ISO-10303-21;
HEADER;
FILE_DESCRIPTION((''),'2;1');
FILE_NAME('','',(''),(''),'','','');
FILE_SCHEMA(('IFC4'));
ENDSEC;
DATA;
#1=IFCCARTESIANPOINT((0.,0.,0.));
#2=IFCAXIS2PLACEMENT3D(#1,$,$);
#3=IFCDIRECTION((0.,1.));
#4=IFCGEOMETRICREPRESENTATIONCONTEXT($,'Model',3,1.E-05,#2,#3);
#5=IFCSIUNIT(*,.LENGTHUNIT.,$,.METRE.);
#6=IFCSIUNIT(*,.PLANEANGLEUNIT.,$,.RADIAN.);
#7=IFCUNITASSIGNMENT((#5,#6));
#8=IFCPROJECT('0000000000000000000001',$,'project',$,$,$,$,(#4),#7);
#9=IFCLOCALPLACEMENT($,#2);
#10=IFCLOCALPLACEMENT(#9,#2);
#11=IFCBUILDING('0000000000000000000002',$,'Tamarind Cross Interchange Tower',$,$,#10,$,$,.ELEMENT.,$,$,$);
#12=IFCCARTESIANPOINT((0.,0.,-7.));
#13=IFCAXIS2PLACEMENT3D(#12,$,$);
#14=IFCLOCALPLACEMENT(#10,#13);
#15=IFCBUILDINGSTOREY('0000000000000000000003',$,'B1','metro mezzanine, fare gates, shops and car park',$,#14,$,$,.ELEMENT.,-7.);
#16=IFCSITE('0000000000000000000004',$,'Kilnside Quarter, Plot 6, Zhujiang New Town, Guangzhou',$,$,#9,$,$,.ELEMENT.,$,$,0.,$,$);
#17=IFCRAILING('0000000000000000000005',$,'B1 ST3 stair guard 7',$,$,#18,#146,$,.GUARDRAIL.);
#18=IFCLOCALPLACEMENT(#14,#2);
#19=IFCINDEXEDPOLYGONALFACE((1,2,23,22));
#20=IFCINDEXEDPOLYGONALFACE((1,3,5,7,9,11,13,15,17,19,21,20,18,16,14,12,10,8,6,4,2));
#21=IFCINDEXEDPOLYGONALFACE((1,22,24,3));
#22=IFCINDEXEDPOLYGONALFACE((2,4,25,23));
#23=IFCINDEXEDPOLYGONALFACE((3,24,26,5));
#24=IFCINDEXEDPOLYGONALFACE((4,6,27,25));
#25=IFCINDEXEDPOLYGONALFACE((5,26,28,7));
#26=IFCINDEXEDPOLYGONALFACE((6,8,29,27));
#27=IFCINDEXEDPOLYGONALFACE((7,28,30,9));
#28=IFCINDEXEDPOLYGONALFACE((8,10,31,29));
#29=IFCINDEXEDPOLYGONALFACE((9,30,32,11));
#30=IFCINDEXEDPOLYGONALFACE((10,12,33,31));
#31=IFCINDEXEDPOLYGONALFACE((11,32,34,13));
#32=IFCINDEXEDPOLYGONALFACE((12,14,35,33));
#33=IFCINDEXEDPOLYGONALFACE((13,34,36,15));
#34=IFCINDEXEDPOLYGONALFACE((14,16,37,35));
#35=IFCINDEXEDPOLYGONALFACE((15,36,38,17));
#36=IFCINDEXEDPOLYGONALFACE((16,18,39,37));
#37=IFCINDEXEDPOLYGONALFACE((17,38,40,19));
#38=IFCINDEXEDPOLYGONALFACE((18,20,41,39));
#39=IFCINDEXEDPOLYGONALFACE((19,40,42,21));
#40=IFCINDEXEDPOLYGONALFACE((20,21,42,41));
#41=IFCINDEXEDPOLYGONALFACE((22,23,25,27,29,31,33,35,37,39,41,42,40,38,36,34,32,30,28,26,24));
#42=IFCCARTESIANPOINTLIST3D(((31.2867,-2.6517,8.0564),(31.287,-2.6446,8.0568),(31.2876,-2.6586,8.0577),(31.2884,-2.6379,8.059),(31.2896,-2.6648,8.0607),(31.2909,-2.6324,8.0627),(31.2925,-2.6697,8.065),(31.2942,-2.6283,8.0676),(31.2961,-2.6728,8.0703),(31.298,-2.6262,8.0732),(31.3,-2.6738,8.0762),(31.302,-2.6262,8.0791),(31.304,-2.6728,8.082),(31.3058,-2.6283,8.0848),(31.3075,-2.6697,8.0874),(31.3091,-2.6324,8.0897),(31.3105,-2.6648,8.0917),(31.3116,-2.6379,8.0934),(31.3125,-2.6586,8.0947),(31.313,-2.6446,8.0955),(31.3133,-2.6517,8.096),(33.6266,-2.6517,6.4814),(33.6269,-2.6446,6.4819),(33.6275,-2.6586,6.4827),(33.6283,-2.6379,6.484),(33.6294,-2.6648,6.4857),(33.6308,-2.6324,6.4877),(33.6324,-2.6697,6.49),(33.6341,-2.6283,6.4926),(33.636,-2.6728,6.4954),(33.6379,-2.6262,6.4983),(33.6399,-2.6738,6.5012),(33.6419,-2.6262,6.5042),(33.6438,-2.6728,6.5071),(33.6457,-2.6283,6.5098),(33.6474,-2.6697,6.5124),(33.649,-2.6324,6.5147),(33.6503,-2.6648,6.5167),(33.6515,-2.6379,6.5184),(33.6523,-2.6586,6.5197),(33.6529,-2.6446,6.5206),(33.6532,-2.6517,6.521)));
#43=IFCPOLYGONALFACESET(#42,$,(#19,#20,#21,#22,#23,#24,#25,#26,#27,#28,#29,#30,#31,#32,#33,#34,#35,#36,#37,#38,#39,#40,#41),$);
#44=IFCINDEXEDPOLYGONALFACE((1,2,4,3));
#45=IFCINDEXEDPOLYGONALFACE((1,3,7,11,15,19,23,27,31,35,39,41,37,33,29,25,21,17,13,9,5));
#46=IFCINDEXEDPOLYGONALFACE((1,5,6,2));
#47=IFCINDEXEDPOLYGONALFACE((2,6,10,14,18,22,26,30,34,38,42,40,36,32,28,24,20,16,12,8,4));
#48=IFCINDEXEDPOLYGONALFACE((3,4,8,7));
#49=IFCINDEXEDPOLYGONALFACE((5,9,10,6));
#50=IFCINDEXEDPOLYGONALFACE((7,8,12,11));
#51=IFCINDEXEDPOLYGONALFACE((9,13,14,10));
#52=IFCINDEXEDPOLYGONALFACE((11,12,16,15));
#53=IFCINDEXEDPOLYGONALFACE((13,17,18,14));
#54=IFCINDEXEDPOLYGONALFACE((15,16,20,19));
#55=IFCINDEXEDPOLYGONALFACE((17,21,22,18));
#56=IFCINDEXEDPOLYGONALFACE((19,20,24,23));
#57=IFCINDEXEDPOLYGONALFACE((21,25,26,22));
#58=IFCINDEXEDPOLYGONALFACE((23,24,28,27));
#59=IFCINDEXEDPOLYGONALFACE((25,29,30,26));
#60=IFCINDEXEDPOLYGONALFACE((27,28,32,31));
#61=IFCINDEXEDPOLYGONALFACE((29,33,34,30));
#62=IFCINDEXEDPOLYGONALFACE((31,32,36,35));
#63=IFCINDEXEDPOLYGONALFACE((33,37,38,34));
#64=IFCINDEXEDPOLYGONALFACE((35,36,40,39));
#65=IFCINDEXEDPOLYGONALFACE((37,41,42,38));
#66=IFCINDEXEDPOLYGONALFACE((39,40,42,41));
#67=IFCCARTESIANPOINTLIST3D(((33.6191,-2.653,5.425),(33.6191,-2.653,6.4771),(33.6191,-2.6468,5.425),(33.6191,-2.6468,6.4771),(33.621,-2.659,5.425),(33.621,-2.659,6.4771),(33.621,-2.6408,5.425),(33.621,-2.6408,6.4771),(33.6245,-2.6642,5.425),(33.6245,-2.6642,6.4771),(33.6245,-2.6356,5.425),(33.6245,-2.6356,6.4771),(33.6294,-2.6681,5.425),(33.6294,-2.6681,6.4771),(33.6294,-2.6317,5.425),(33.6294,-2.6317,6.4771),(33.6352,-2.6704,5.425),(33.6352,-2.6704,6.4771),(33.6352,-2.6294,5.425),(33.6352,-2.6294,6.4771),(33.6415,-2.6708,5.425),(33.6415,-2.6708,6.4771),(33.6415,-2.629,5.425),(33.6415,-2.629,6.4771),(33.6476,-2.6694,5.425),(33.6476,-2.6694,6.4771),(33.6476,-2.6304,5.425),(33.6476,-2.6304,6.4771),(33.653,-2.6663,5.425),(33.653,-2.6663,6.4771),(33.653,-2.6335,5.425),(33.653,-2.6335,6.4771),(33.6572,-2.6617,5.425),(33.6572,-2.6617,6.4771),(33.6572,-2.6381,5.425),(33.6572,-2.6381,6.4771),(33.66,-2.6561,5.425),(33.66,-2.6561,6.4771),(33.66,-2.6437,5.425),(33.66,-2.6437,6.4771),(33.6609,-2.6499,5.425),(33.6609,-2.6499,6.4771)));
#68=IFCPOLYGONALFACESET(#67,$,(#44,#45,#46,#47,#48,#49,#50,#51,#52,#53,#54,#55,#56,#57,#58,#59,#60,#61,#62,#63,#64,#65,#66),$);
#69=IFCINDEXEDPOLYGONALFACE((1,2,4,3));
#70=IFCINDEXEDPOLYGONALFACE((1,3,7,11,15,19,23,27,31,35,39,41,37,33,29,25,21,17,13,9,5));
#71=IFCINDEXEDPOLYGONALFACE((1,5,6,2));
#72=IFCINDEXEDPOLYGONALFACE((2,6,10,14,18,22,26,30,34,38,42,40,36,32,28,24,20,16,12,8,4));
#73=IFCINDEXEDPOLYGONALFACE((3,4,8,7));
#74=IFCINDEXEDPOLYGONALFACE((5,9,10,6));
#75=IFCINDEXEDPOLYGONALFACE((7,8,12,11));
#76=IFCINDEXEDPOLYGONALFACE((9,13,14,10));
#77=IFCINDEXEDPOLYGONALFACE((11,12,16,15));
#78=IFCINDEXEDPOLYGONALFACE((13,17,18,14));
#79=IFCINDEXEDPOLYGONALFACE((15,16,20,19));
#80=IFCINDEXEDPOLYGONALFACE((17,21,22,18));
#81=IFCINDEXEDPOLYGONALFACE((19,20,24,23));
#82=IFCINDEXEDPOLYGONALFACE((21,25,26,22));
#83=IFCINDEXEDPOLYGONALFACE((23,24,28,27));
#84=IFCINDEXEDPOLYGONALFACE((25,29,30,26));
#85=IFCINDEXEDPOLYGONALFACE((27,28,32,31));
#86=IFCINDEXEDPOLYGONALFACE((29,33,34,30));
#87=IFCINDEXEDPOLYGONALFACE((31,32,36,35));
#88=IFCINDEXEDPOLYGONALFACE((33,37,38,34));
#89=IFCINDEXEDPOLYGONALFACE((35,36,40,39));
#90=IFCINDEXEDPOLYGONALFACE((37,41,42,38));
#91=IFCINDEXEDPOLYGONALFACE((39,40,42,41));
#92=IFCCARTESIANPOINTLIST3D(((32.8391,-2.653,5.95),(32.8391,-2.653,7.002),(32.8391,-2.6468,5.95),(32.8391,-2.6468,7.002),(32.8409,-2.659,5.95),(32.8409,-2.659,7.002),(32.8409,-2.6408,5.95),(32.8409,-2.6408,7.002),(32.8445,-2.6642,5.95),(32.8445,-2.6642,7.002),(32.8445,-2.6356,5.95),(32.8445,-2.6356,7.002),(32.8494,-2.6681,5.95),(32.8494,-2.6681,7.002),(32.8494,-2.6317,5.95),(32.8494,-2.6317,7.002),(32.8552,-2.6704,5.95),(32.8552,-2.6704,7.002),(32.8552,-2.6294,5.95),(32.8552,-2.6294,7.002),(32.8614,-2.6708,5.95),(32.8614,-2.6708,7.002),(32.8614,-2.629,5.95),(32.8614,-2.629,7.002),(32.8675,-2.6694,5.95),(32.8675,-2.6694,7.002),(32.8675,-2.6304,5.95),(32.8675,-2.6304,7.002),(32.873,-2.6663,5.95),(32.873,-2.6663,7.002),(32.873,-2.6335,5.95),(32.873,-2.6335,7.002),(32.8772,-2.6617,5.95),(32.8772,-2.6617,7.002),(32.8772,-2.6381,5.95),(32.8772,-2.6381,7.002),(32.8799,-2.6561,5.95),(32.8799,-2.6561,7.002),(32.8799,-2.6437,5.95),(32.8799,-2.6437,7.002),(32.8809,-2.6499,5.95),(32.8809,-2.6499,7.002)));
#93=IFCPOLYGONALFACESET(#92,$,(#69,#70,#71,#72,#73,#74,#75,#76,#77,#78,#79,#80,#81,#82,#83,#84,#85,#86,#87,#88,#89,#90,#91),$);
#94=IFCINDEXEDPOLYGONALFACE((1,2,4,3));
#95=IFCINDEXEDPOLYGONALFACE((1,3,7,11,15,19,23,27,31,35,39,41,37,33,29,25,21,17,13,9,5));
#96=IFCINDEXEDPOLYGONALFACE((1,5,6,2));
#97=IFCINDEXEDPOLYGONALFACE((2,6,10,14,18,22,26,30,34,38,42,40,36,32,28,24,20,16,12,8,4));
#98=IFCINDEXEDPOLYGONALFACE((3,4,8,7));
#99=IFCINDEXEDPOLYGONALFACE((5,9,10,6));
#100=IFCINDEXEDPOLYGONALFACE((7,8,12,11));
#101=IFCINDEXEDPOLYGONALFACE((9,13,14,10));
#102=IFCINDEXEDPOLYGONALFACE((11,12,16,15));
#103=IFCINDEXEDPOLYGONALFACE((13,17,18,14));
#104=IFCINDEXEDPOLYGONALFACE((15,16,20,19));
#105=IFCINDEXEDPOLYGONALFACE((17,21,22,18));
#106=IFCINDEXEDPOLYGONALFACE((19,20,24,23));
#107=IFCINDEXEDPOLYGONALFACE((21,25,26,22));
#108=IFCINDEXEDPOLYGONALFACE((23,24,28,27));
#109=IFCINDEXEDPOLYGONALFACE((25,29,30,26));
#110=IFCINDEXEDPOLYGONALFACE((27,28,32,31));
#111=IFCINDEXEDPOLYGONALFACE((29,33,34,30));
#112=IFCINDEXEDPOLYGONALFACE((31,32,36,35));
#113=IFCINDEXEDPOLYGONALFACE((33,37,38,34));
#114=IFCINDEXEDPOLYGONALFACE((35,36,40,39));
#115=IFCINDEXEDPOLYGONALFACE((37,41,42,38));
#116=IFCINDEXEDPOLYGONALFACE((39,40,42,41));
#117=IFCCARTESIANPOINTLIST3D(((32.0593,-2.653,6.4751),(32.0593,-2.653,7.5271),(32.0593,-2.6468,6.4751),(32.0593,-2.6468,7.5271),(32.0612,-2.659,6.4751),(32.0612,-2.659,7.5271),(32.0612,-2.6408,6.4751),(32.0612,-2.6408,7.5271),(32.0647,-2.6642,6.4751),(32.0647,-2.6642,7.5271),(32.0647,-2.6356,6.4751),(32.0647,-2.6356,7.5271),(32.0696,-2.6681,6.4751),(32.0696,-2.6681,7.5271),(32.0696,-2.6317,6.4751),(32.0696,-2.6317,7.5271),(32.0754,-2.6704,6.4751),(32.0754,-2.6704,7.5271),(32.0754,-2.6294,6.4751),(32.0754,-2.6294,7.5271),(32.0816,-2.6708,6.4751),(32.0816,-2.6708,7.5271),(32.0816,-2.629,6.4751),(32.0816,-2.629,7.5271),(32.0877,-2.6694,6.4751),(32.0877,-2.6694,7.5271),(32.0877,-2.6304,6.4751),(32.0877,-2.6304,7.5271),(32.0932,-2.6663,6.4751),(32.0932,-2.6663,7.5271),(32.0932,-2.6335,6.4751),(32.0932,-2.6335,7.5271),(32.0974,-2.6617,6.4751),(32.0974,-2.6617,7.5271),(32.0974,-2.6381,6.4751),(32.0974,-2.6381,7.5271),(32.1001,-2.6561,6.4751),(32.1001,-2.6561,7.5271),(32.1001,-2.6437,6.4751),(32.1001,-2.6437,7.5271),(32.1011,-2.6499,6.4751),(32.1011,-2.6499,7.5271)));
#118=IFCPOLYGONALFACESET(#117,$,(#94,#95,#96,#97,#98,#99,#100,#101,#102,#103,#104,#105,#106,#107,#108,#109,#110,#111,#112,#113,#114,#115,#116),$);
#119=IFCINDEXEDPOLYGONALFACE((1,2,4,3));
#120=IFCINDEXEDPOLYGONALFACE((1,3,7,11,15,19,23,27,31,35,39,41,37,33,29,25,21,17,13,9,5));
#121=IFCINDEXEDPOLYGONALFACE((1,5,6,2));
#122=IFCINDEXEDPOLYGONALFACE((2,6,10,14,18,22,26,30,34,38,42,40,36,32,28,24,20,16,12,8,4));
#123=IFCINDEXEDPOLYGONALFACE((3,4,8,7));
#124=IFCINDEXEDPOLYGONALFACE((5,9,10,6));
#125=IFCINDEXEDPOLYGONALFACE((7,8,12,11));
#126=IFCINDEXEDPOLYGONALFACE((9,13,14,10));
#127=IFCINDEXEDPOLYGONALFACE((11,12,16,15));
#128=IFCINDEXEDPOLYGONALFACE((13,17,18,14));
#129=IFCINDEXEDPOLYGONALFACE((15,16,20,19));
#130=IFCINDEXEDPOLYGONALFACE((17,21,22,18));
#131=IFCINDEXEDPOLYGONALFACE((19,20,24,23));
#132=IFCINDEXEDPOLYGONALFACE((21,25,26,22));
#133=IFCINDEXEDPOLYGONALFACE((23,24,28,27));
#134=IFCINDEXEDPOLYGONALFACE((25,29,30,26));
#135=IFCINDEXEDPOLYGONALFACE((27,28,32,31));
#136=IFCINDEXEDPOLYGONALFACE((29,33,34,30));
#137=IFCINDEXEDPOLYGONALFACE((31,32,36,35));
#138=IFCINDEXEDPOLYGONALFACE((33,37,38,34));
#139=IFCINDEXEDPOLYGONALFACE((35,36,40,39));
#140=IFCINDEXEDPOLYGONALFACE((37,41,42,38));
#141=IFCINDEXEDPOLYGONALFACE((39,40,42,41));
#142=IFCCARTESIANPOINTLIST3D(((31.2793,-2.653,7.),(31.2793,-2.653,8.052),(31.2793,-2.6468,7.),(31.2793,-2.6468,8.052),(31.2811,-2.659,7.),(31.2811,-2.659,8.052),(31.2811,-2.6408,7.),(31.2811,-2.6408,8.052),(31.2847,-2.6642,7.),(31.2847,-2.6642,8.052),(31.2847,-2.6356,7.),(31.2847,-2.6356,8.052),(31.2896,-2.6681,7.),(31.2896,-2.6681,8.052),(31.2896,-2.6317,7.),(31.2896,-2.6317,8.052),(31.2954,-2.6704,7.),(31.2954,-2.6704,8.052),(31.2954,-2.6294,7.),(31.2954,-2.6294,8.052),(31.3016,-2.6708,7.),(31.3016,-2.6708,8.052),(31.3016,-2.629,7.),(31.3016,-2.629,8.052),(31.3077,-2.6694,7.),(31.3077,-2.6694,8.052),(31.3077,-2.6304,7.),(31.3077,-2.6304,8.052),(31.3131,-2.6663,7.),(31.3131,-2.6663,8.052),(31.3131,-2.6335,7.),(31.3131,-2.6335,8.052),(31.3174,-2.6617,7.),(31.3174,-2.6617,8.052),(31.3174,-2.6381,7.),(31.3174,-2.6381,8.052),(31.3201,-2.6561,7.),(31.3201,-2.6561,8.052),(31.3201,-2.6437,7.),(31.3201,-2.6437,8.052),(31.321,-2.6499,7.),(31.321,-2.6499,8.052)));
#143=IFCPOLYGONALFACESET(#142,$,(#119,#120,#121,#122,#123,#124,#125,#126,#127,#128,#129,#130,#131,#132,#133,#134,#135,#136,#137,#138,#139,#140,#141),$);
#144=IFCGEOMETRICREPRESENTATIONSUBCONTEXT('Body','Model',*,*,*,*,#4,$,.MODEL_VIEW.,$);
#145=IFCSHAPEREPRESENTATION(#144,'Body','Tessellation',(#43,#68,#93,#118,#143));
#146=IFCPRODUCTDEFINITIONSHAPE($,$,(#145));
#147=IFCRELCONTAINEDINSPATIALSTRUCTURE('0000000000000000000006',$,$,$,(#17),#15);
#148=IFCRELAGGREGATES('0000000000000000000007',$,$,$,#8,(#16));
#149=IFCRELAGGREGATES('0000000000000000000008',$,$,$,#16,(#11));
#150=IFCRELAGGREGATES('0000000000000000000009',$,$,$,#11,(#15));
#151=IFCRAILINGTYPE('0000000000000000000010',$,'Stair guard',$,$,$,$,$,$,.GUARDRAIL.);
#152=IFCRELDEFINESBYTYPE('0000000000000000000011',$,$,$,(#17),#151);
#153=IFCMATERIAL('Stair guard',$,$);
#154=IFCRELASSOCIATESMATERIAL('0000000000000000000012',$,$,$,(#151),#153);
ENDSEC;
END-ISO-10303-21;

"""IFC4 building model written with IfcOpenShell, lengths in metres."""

from ifc_helpers import new_model, si_unit, direction, frame, origin, origin_2d, place, context, subcontext, project, spatial, circle, extrude, material, type_object, element, save


model = new_model("IFC4")

# Units and contexts
model_context = context("Model", 3, precision=1e-05, world=origin(), true_north=direction((0.0, 1.0)))
body_context = subcontext(model_context, "Body", "Model", "MODEL_VIEW")
ifc_project = project(units=[si_unit("LENGTHUNIT", "METRE"), si_unit("PLANEANGLEUNIT", "RADIAN")], contexts=[model_context])

# Site, building, storey
site_placement = place(None, origin())
site = spatial("IfcSite", under=ifc_project, at=site_placement, Name="Kilnside Quarter, Plot 6, Zhujiang New Town, Guangzhou", CompositionType="ELEMENT", RefElevation=0.0)
building_placement = place(site_placement, origin())
building = spatial("IfcBuilding", under=site, at=building_placement, Name="Tamarind Cross Interchange Tower", CompositionType="ELEMENT")
storey_placement = place(building_placement, frame((0.0, 0.0, -7.0)))
storey = spatial("IfcBuildingStorey", under=building, at=storey_placement, Name="B1", Description="metro mezzanine, fare gates, shops and car park", CompositionType="ELEMENT", Elevation=-7.0)

# Railing
ifc_material_1 = material(Name="Stair guard")
railing_type_1 = type_object("IfcRailingType", Name="Stair guard", PredefinedType="GUARDRAIL", material=ifc_material_1)
railing_1_placement = place(storey_placement, frame((33.6399, -2.6499, 5.425)))
element("IfcRailing", 1, at=railing_1_placement, inside=storey, type_object=railing_type_1, Name="B1 ST3 stair guard 7", PredefinedType="GUARDRAIL", context=body_context, shape_type="SweptSolid", body=[
    extrude(circle(Radius=0.0239, at=origin_2d()), frame((0.0, 0.0, 1.0762), z_axis=(-0.829578, 0.0, 0.55839), x_axis=(0.0, -1.0, 0.0)), (0.0, 0.0, 1.0), 2.8206),
    extrude(circle(Radius=0.021, at=origin_2d()), origin(), (0.0, 0.0, 1.0), 1.052),
    extrude(circle(Radius=0.021, at=origin_2d()), frame((-0.78, 0.0, 0.5249)), (0.0, 0.0, 1.0), 1.052),
    extrude(circle(Radius=0.021, at=origin_2d()), frame((-1.5598, 0.0, 1.05)), (0.0, 0.0, 1.0), 1.052),
    extrude(circle(Radius=0.021, at=origin_2d()), frame((-2.3398, 0.0, 1.575)), (0.0, 0.0, 1.0), 1.052),
])

save(model, "model.ifc")
